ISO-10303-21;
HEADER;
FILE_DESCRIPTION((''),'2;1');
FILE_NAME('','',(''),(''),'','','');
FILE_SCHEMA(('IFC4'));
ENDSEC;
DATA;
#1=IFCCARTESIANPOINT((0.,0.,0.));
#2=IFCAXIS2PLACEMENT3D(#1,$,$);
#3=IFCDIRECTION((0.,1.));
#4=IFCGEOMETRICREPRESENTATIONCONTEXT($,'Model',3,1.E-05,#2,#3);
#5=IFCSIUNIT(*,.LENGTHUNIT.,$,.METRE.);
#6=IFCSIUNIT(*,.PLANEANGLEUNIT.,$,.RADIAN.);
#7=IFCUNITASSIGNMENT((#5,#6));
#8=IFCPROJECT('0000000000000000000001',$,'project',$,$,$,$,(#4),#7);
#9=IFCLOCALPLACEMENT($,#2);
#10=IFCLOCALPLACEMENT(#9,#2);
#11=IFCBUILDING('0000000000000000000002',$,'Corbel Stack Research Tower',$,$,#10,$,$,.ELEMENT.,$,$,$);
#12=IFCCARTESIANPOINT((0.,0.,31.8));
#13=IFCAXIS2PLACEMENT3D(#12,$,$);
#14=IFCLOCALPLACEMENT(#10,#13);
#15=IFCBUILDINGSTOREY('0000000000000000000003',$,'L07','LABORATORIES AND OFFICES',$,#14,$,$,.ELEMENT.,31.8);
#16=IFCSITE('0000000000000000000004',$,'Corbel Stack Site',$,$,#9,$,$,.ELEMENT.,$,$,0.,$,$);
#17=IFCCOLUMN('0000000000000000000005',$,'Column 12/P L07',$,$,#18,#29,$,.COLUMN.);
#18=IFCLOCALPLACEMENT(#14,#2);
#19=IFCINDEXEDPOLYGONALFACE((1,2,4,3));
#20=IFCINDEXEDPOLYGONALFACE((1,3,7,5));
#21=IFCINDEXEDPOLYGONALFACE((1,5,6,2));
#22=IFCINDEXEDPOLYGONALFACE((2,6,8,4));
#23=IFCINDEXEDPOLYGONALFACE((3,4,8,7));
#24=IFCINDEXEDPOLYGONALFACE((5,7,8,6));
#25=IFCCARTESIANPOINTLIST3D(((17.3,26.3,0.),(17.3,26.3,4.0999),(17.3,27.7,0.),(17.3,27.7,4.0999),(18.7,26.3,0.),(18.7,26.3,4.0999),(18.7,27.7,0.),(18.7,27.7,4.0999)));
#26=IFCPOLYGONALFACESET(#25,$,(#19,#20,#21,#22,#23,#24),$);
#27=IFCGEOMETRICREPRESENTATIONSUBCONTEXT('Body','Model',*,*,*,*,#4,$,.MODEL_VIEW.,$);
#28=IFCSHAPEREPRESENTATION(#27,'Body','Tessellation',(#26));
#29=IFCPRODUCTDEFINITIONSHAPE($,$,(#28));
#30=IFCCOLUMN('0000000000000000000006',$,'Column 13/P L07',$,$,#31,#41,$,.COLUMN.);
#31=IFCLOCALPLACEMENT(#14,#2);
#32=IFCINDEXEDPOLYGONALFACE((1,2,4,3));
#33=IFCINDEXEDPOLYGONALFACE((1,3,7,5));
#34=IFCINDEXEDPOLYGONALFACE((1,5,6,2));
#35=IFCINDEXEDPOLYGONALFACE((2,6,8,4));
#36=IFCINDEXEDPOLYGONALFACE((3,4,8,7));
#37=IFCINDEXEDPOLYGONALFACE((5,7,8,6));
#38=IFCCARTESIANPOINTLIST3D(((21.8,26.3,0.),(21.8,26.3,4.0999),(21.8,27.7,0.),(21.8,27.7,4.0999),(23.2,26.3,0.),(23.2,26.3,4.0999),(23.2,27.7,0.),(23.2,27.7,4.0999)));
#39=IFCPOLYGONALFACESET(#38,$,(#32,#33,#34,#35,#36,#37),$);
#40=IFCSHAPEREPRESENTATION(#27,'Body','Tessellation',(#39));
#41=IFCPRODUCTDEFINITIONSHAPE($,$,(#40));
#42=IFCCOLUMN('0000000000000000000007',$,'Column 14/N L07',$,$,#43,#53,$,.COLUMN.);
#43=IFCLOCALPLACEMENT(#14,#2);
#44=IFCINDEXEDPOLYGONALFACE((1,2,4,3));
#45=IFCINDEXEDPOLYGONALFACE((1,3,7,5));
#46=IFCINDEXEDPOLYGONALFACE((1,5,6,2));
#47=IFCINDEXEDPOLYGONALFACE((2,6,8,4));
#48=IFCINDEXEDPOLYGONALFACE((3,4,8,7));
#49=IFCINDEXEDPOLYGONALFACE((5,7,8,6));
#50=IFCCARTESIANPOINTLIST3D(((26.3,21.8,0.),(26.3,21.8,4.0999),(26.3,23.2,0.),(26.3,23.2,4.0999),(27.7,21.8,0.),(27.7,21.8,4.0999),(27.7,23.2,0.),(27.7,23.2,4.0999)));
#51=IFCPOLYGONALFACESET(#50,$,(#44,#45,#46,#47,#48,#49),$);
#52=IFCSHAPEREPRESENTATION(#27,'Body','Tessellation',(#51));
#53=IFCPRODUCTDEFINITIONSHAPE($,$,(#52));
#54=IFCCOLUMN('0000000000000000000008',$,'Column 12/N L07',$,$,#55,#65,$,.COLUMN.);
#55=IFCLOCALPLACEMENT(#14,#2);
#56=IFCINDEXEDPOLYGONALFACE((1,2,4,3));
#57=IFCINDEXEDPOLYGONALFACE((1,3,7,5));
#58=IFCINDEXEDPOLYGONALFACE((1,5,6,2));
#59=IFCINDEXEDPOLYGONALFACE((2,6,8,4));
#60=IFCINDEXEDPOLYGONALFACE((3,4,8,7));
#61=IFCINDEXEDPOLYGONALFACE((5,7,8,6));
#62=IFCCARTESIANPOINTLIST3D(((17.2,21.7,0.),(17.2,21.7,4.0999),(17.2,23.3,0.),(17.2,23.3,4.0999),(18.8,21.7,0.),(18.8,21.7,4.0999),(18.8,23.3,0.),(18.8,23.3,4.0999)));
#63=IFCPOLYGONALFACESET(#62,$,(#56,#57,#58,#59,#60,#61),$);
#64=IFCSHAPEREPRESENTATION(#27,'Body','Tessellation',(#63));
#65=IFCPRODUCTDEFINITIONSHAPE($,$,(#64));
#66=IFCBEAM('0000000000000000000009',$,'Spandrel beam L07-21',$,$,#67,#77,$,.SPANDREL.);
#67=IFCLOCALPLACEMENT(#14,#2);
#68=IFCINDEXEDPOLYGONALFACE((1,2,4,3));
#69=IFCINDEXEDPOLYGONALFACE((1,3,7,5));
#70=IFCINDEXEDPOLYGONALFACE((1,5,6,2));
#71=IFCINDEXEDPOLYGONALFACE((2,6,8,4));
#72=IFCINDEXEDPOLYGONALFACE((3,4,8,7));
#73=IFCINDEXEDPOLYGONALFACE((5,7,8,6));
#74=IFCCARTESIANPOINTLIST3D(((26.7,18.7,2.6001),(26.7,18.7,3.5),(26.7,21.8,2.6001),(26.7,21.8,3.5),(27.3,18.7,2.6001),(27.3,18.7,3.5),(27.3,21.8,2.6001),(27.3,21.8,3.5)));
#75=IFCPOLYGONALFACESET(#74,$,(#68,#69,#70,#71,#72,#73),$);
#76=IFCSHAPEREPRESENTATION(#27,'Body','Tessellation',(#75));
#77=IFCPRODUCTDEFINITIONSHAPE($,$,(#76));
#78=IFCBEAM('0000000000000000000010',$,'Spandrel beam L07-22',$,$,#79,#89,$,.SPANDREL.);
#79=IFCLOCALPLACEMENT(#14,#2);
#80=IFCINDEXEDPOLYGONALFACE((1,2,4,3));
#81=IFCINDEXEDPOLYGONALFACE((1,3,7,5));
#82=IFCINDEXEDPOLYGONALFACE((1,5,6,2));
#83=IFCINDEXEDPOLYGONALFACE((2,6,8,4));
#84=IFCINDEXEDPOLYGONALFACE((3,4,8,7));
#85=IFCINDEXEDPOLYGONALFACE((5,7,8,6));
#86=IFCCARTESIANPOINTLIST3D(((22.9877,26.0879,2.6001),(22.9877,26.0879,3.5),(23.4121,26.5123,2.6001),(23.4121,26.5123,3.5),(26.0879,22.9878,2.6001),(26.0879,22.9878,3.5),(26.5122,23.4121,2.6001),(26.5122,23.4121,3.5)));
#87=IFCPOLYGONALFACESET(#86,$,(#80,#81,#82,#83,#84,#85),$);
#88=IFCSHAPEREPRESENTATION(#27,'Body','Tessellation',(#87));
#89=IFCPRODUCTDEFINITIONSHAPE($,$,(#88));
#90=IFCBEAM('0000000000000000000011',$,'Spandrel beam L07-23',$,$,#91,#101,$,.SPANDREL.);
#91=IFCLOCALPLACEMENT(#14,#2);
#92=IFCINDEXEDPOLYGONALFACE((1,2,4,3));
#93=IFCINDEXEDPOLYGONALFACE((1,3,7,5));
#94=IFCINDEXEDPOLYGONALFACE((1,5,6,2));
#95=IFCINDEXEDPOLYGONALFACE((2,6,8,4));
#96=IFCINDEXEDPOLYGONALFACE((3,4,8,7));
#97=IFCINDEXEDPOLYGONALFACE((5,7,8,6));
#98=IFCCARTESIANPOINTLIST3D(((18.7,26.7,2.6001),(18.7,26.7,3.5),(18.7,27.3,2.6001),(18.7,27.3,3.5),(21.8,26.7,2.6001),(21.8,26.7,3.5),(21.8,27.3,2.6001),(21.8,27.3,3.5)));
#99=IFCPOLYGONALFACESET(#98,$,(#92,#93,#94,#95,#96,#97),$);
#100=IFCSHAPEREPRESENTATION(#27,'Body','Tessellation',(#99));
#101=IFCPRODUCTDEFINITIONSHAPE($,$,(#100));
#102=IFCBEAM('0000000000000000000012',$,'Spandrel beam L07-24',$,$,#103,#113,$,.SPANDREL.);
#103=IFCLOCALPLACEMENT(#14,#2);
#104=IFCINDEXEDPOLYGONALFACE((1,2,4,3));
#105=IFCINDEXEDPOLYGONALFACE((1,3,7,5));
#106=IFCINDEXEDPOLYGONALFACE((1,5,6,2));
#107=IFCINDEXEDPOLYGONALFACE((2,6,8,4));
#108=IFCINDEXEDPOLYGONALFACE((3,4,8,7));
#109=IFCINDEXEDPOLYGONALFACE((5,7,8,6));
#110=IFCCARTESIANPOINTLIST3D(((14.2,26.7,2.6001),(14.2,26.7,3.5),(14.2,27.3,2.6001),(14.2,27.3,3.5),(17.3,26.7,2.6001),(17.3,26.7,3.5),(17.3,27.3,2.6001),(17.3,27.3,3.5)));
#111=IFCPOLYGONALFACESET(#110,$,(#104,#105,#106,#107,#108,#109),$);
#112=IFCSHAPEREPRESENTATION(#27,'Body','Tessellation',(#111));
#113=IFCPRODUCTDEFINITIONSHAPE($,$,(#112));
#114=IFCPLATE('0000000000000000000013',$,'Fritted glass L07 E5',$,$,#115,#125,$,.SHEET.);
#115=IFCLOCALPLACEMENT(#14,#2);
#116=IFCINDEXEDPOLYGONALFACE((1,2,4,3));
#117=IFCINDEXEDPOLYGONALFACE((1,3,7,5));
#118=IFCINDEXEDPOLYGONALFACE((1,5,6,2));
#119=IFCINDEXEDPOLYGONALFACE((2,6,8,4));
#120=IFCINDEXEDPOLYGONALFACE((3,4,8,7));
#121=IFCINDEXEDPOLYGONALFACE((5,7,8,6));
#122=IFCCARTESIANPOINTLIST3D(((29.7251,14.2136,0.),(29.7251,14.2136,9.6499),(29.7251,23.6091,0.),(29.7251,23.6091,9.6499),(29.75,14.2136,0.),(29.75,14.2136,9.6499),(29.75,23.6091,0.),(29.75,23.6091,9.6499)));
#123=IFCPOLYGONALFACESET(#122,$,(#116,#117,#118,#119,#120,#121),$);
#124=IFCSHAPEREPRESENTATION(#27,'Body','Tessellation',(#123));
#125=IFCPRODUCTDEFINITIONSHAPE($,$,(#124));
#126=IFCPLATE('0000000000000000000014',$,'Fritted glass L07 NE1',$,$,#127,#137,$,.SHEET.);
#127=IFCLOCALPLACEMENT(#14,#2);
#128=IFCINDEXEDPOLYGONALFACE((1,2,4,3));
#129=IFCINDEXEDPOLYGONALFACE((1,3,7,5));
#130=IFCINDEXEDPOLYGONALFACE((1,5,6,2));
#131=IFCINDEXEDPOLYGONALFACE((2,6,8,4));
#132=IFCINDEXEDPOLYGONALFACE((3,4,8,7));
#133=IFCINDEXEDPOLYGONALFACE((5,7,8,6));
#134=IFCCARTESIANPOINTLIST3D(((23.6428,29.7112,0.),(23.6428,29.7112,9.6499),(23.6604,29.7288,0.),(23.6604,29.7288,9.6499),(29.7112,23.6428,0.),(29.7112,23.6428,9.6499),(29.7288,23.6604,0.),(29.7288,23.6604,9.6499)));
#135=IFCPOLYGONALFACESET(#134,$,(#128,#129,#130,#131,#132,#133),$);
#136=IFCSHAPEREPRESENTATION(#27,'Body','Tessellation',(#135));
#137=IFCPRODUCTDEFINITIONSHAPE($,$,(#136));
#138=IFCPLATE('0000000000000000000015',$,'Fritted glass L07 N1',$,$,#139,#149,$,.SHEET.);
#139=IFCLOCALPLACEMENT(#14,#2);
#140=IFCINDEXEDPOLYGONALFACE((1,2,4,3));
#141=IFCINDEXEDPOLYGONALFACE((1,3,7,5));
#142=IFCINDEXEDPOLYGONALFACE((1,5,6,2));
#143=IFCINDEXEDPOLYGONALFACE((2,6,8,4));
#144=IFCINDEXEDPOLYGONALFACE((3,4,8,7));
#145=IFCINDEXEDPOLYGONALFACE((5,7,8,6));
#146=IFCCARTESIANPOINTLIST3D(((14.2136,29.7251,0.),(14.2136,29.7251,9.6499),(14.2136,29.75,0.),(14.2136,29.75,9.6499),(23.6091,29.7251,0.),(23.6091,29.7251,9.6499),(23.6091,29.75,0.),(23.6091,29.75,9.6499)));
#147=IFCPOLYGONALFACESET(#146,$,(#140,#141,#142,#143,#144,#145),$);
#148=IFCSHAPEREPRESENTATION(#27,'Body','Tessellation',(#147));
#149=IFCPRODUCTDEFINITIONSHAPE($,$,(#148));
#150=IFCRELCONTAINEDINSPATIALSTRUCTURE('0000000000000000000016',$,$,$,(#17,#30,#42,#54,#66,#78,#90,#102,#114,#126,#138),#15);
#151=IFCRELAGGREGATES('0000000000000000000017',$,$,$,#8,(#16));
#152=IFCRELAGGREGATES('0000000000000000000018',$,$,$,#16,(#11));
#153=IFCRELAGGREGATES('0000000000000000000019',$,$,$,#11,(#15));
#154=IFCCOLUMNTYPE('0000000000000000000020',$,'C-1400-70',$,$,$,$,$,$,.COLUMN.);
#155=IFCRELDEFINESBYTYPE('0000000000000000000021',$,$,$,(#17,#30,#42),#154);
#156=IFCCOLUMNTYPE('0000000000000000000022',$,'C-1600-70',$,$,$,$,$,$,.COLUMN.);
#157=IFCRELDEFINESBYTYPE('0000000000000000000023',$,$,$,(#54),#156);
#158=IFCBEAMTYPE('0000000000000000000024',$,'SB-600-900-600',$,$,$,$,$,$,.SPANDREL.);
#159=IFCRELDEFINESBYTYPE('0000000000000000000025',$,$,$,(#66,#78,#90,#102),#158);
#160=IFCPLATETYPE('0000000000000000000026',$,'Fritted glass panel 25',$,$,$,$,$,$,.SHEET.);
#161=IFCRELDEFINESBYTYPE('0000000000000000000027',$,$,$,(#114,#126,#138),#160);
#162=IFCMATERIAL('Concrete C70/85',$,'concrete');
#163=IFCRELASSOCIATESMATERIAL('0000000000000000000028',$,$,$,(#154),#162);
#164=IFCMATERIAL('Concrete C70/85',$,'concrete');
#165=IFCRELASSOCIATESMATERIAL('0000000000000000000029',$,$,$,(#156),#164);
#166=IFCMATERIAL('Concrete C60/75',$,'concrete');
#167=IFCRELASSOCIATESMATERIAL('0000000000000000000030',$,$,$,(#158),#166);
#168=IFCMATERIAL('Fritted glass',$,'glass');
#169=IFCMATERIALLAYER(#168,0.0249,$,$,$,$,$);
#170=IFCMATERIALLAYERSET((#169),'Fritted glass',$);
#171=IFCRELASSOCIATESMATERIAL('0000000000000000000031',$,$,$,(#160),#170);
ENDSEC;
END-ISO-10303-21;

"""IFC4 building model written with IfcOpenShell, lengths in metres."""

from ifc_helpers import new_model, si_unit, direction, frame, origin, origin_2d, place, context, subcontext, project, spatial, rectangle, extrude, material, layer, layer_set, material_profile, profile_set, type_object, element, save


model = new_model("IFC4")

# Units and contexts
model_context = context("Model", 3, precision=1e-05, world=origin(), true_north=direction((0.0, 1.0)))
body_context = subcontext(model_context, "Body", "Model", "MODEL_VIEW")
ifc_project = project(units=[si_unit("LENGTHUNIT", "METRE"), si_unit("PLANEANGLEUNIT", "RADIAN")], contexts=[model_context])

# Site, building, storey
site_placement = place(None, origin())
site = spatial("IfcSite", under=ifc_project, at=site_placement, Name="Corbel Stack Site", CompositionType="ELEMENT", RefElevation=0.0)
building_placement = place(site_placement, origin())
building = spatial("IfcBuilding", under=site, at=building_placement, Name="Corbel Stack Research Tower", CompositionType="ELEMENT")
storey_placement = place(building_placement, frame((0.0, 0.0, 31.8)))
storey = spatial("IfcBuildingStorey", under=building, at=storey_placement, Name="L07", Description="LABORATORIES AND OFFICES", CompositionType="ELEMENT", Elevation=31.8)

# Columns
ifc_material_1 = material(Name="Concrete C70/85", Category="concrete")
ifc_material_profile_1 = material_profile(ifc_material_1, rectangle(XDim=1.3999, YDim=1.3999, at=origin_2d()), Name="RC 1400 x 1400")
ifc_profile_set_1 = profile_set([ifc_material_profile_1], Name="Concrete C70/85")
column_type_1 = type_object("IfcColumnType", Name="C-1400-70", PredefinedType="COLUMN", material=ifc_profile_set_1)
for number, where, z_axis, x_axis, name in (
    (1, (18.0, 27.0, 0.0), (0.0, 0.0, 1.0), (1.0, 0.0, 0.0), "Column 12/P L07"),
    (2, (22.5, 27.0, 0.0), (0.0, 0.0, 1.0), (1.0, 0.0, 0.0), "Column 13/P L07"),
    (3, (27.0, 22.5, 0.0), (0.0, 0.0, 1.0), (1.0, 0.0, 0.0), "Column 14/N L07"),
):
    element("IfcColumn", number, at=place(storey_placement, frame(where, z_axis=z_axis, x_axis=x_axis)), inside=storey, type_object=column_type_1, Name=name, PredefinedType="COLUMN", context=body_context, shape_type="SweptSolid", body=[
        extrude(rectangle(XDim=1.3999, YDim=1.3999, at=origin_2d()), origin(), (0.0, 0.0, 1.0), 4.0999),
    ])
ifc_material_2 = material(Name="Concrete C70/85", Category="concrete")
ifc_material_profile_2 = material_profile(ifc_material_2, rectangle(XDim=1.6001, YDim=1.6001, at=origin_2d()), Name="RC 1600 x 1600")
ifc_profile_set_2 = profile_set([ifc_material_profile_2], Name="Concrete C70/85")
column_type_2 = type_object("IfcColumnType", Name="C-1600-70", PredefinedType="COLUMN", material=ifc_profile_set_2)
column_placement = place(storey_placement, frame((18.0, 22.5, 0.0), z_axis=(0.0, 0.0, 1.0), x_axis=(1.0, 0.0, 0.0)))
element("IfcColumn", 4, at=column_placement, inside=storey, type_object=column_type_2, Name="Column 12/N L07", PredefinedType="COLUMN", context=body_context, shape_type="SweptSolid", body=[
    extrude(rectangle(XDim=1.6001, YDim=1.6001, at=origin_2d()), origin(), (0.0, 0.0, 1.0), 4.0999),
])

# Beams
ifc_material_3 = material(Name="Concrete C60/75", Category="concrete")
ifc_material_profile_3 = material_profile(ifc_material_3, rectangle(XDim=0.6001, YDim=0.8999, at=origin_2d()), Name="RC 600 x 900")
ifc_profile_set_3 = profile_set([ifc_material_profile_3], Name="Concrete C60/75")
beam_type = type_object("IfcBeamType", Name="SB-600-900-600", PredefinedType="SPANDREL", material=ifc_profile_set_3)
beam_1_placement = place(storey_placement, frame((27.0, 18.7, 3.05), z_axis=(0.0, 1.0, 0.0), x_axis=(-1.0, 0.0, 0.0)))
element("IfcBeam", 5, at=beam_1_placement, inside=storey, type_object=beam_type, Name="Spandrel beam L07-21", PredefinedType="SPANDREL", context=body_context, shape_type="SweptSolid", body=[
    extrude(rectangle(XDim=0.6001, YDim=0.8999, at=origin_2d()), origin(), (0.0, 0.0, 1.0), 3.1001),
])
beam_2_placement = place(storey_placement, frame((26.3, 23.2, 3.05), z_axis=(-0.707107, 0.707107, 0.0), x_axis=(-0.707107, -0.707107, 0.0)))
element("IfcBeam", 6, at=beam_2_placement, inside=storey, type_object=beam_type, Name="Spandrel beam L07-22", PredefinedType="SPANDREL", context=body_context, shape_type="SweptSolid", body=[
    extrude(rectangle(XDim=0.6001, YDim=0.8999, at=origin_2d()), origin(), (0.0, 0.0, 1.0), 4.3843),
])
for number, where, z_axis, x_axis, name in (
    (7, (21.8, 27.0, 3.05), (-1.0, 0.0, 0.0), (0.0, -1.0, 0.0), "Spandrel beam L07-23"),
    (8, (17.3, 27.0, 3.05), (-1.0, 0.0, 0.0), (0.0, -1.0, 0.0), "Spandrel beam L07-24"),
):
    element("IfcBeam", number, at=place(storey_placement, frame(where, z_axis=z_axis, x_axis=x_axis)), inside=storey, type_object=beam_type, Name=name, PredefinedType="SPANDREL", context=body_context, shape_type="SweptSolid", body=[
        extrude(rectangle(XDim=0.6001, YDim=0.8999, at=origin_2d()), origin(), (0.0, 0.0, 1.0), 3.1001),
    ])

# Plates
ifc_material_4 = material(Name="Fritted glass", Category="glass")
ifc_layer_1 = layer(ifc_material_4, 0.0249)
ifc_layer_set_1 = layer_set([ifc_layer_1], Name="Fritted glass")
plate_type = type_object("IfcPlateType", Name="Fritted glass panel 25", PredefinedType="SHEET", material=ifc_layer_set_1)
plate_1_placement = place(storey_placement, frame((29.7375, 18.9114, 0.0), z_axis=(0.0, 0.0, 1.0), x_axis=(0.0, 1.0, 0.0)))
element("IfcPlate", 9, at=plate_1_placement, inside=storey, type_object=plate_type, Name="Fritted glass L07 E5", PredefinedType="SHEET", context=body_context, shape_type="SweptSolid", body=[
    extrude(rectangle(XDim=9.3955, YDim=0.0249, at=origin_2d()), origin(), (0.0, 0.0, 1.0), 9.6499),
])
plate_2_placement = place(storey_placement, frame((26.6858, 26.6858, 0.0), z_axis=(0.0, 0.0, 1.0), x_axis=(-0.707107, 0.707107, 0.0)))
element("IfcPlate", 10, at=plate_2_placement, inside=storey, type_object=plate_type, Name="Fritted glass L07 NE1", PredefinedType="SHEET", context=body_context, shape_type="SweptSolid", body=[
    extrude(rectangle(XDim=8.582, YDim=0.0249, at=origin_2d()), origin(), (0.0, 0.0, 1.0), 9.6499),
])
plate_3_placement = place(storey_placement, frame((18.9114, 29.7375, 0.0), z_axis=(0.0, 0.0, 1.0), x_axis=(-1.0, 0.0, 0.0)))
element("IfcPlate", 11, at=plate_3_placement, inside=storey, type_object=plate_type, Name="Fritted glass L07 N1", PredefinedType="SHEET", context=body_context, shape_type="SweptSolid", body=[
    extrude(rectangle(XDim=9.3955, YDim=0.0249, at=origin_2d()), origin(), (0.0, 0.0, 1.0), 9.6499),
])

save(model, "model.ifc")
